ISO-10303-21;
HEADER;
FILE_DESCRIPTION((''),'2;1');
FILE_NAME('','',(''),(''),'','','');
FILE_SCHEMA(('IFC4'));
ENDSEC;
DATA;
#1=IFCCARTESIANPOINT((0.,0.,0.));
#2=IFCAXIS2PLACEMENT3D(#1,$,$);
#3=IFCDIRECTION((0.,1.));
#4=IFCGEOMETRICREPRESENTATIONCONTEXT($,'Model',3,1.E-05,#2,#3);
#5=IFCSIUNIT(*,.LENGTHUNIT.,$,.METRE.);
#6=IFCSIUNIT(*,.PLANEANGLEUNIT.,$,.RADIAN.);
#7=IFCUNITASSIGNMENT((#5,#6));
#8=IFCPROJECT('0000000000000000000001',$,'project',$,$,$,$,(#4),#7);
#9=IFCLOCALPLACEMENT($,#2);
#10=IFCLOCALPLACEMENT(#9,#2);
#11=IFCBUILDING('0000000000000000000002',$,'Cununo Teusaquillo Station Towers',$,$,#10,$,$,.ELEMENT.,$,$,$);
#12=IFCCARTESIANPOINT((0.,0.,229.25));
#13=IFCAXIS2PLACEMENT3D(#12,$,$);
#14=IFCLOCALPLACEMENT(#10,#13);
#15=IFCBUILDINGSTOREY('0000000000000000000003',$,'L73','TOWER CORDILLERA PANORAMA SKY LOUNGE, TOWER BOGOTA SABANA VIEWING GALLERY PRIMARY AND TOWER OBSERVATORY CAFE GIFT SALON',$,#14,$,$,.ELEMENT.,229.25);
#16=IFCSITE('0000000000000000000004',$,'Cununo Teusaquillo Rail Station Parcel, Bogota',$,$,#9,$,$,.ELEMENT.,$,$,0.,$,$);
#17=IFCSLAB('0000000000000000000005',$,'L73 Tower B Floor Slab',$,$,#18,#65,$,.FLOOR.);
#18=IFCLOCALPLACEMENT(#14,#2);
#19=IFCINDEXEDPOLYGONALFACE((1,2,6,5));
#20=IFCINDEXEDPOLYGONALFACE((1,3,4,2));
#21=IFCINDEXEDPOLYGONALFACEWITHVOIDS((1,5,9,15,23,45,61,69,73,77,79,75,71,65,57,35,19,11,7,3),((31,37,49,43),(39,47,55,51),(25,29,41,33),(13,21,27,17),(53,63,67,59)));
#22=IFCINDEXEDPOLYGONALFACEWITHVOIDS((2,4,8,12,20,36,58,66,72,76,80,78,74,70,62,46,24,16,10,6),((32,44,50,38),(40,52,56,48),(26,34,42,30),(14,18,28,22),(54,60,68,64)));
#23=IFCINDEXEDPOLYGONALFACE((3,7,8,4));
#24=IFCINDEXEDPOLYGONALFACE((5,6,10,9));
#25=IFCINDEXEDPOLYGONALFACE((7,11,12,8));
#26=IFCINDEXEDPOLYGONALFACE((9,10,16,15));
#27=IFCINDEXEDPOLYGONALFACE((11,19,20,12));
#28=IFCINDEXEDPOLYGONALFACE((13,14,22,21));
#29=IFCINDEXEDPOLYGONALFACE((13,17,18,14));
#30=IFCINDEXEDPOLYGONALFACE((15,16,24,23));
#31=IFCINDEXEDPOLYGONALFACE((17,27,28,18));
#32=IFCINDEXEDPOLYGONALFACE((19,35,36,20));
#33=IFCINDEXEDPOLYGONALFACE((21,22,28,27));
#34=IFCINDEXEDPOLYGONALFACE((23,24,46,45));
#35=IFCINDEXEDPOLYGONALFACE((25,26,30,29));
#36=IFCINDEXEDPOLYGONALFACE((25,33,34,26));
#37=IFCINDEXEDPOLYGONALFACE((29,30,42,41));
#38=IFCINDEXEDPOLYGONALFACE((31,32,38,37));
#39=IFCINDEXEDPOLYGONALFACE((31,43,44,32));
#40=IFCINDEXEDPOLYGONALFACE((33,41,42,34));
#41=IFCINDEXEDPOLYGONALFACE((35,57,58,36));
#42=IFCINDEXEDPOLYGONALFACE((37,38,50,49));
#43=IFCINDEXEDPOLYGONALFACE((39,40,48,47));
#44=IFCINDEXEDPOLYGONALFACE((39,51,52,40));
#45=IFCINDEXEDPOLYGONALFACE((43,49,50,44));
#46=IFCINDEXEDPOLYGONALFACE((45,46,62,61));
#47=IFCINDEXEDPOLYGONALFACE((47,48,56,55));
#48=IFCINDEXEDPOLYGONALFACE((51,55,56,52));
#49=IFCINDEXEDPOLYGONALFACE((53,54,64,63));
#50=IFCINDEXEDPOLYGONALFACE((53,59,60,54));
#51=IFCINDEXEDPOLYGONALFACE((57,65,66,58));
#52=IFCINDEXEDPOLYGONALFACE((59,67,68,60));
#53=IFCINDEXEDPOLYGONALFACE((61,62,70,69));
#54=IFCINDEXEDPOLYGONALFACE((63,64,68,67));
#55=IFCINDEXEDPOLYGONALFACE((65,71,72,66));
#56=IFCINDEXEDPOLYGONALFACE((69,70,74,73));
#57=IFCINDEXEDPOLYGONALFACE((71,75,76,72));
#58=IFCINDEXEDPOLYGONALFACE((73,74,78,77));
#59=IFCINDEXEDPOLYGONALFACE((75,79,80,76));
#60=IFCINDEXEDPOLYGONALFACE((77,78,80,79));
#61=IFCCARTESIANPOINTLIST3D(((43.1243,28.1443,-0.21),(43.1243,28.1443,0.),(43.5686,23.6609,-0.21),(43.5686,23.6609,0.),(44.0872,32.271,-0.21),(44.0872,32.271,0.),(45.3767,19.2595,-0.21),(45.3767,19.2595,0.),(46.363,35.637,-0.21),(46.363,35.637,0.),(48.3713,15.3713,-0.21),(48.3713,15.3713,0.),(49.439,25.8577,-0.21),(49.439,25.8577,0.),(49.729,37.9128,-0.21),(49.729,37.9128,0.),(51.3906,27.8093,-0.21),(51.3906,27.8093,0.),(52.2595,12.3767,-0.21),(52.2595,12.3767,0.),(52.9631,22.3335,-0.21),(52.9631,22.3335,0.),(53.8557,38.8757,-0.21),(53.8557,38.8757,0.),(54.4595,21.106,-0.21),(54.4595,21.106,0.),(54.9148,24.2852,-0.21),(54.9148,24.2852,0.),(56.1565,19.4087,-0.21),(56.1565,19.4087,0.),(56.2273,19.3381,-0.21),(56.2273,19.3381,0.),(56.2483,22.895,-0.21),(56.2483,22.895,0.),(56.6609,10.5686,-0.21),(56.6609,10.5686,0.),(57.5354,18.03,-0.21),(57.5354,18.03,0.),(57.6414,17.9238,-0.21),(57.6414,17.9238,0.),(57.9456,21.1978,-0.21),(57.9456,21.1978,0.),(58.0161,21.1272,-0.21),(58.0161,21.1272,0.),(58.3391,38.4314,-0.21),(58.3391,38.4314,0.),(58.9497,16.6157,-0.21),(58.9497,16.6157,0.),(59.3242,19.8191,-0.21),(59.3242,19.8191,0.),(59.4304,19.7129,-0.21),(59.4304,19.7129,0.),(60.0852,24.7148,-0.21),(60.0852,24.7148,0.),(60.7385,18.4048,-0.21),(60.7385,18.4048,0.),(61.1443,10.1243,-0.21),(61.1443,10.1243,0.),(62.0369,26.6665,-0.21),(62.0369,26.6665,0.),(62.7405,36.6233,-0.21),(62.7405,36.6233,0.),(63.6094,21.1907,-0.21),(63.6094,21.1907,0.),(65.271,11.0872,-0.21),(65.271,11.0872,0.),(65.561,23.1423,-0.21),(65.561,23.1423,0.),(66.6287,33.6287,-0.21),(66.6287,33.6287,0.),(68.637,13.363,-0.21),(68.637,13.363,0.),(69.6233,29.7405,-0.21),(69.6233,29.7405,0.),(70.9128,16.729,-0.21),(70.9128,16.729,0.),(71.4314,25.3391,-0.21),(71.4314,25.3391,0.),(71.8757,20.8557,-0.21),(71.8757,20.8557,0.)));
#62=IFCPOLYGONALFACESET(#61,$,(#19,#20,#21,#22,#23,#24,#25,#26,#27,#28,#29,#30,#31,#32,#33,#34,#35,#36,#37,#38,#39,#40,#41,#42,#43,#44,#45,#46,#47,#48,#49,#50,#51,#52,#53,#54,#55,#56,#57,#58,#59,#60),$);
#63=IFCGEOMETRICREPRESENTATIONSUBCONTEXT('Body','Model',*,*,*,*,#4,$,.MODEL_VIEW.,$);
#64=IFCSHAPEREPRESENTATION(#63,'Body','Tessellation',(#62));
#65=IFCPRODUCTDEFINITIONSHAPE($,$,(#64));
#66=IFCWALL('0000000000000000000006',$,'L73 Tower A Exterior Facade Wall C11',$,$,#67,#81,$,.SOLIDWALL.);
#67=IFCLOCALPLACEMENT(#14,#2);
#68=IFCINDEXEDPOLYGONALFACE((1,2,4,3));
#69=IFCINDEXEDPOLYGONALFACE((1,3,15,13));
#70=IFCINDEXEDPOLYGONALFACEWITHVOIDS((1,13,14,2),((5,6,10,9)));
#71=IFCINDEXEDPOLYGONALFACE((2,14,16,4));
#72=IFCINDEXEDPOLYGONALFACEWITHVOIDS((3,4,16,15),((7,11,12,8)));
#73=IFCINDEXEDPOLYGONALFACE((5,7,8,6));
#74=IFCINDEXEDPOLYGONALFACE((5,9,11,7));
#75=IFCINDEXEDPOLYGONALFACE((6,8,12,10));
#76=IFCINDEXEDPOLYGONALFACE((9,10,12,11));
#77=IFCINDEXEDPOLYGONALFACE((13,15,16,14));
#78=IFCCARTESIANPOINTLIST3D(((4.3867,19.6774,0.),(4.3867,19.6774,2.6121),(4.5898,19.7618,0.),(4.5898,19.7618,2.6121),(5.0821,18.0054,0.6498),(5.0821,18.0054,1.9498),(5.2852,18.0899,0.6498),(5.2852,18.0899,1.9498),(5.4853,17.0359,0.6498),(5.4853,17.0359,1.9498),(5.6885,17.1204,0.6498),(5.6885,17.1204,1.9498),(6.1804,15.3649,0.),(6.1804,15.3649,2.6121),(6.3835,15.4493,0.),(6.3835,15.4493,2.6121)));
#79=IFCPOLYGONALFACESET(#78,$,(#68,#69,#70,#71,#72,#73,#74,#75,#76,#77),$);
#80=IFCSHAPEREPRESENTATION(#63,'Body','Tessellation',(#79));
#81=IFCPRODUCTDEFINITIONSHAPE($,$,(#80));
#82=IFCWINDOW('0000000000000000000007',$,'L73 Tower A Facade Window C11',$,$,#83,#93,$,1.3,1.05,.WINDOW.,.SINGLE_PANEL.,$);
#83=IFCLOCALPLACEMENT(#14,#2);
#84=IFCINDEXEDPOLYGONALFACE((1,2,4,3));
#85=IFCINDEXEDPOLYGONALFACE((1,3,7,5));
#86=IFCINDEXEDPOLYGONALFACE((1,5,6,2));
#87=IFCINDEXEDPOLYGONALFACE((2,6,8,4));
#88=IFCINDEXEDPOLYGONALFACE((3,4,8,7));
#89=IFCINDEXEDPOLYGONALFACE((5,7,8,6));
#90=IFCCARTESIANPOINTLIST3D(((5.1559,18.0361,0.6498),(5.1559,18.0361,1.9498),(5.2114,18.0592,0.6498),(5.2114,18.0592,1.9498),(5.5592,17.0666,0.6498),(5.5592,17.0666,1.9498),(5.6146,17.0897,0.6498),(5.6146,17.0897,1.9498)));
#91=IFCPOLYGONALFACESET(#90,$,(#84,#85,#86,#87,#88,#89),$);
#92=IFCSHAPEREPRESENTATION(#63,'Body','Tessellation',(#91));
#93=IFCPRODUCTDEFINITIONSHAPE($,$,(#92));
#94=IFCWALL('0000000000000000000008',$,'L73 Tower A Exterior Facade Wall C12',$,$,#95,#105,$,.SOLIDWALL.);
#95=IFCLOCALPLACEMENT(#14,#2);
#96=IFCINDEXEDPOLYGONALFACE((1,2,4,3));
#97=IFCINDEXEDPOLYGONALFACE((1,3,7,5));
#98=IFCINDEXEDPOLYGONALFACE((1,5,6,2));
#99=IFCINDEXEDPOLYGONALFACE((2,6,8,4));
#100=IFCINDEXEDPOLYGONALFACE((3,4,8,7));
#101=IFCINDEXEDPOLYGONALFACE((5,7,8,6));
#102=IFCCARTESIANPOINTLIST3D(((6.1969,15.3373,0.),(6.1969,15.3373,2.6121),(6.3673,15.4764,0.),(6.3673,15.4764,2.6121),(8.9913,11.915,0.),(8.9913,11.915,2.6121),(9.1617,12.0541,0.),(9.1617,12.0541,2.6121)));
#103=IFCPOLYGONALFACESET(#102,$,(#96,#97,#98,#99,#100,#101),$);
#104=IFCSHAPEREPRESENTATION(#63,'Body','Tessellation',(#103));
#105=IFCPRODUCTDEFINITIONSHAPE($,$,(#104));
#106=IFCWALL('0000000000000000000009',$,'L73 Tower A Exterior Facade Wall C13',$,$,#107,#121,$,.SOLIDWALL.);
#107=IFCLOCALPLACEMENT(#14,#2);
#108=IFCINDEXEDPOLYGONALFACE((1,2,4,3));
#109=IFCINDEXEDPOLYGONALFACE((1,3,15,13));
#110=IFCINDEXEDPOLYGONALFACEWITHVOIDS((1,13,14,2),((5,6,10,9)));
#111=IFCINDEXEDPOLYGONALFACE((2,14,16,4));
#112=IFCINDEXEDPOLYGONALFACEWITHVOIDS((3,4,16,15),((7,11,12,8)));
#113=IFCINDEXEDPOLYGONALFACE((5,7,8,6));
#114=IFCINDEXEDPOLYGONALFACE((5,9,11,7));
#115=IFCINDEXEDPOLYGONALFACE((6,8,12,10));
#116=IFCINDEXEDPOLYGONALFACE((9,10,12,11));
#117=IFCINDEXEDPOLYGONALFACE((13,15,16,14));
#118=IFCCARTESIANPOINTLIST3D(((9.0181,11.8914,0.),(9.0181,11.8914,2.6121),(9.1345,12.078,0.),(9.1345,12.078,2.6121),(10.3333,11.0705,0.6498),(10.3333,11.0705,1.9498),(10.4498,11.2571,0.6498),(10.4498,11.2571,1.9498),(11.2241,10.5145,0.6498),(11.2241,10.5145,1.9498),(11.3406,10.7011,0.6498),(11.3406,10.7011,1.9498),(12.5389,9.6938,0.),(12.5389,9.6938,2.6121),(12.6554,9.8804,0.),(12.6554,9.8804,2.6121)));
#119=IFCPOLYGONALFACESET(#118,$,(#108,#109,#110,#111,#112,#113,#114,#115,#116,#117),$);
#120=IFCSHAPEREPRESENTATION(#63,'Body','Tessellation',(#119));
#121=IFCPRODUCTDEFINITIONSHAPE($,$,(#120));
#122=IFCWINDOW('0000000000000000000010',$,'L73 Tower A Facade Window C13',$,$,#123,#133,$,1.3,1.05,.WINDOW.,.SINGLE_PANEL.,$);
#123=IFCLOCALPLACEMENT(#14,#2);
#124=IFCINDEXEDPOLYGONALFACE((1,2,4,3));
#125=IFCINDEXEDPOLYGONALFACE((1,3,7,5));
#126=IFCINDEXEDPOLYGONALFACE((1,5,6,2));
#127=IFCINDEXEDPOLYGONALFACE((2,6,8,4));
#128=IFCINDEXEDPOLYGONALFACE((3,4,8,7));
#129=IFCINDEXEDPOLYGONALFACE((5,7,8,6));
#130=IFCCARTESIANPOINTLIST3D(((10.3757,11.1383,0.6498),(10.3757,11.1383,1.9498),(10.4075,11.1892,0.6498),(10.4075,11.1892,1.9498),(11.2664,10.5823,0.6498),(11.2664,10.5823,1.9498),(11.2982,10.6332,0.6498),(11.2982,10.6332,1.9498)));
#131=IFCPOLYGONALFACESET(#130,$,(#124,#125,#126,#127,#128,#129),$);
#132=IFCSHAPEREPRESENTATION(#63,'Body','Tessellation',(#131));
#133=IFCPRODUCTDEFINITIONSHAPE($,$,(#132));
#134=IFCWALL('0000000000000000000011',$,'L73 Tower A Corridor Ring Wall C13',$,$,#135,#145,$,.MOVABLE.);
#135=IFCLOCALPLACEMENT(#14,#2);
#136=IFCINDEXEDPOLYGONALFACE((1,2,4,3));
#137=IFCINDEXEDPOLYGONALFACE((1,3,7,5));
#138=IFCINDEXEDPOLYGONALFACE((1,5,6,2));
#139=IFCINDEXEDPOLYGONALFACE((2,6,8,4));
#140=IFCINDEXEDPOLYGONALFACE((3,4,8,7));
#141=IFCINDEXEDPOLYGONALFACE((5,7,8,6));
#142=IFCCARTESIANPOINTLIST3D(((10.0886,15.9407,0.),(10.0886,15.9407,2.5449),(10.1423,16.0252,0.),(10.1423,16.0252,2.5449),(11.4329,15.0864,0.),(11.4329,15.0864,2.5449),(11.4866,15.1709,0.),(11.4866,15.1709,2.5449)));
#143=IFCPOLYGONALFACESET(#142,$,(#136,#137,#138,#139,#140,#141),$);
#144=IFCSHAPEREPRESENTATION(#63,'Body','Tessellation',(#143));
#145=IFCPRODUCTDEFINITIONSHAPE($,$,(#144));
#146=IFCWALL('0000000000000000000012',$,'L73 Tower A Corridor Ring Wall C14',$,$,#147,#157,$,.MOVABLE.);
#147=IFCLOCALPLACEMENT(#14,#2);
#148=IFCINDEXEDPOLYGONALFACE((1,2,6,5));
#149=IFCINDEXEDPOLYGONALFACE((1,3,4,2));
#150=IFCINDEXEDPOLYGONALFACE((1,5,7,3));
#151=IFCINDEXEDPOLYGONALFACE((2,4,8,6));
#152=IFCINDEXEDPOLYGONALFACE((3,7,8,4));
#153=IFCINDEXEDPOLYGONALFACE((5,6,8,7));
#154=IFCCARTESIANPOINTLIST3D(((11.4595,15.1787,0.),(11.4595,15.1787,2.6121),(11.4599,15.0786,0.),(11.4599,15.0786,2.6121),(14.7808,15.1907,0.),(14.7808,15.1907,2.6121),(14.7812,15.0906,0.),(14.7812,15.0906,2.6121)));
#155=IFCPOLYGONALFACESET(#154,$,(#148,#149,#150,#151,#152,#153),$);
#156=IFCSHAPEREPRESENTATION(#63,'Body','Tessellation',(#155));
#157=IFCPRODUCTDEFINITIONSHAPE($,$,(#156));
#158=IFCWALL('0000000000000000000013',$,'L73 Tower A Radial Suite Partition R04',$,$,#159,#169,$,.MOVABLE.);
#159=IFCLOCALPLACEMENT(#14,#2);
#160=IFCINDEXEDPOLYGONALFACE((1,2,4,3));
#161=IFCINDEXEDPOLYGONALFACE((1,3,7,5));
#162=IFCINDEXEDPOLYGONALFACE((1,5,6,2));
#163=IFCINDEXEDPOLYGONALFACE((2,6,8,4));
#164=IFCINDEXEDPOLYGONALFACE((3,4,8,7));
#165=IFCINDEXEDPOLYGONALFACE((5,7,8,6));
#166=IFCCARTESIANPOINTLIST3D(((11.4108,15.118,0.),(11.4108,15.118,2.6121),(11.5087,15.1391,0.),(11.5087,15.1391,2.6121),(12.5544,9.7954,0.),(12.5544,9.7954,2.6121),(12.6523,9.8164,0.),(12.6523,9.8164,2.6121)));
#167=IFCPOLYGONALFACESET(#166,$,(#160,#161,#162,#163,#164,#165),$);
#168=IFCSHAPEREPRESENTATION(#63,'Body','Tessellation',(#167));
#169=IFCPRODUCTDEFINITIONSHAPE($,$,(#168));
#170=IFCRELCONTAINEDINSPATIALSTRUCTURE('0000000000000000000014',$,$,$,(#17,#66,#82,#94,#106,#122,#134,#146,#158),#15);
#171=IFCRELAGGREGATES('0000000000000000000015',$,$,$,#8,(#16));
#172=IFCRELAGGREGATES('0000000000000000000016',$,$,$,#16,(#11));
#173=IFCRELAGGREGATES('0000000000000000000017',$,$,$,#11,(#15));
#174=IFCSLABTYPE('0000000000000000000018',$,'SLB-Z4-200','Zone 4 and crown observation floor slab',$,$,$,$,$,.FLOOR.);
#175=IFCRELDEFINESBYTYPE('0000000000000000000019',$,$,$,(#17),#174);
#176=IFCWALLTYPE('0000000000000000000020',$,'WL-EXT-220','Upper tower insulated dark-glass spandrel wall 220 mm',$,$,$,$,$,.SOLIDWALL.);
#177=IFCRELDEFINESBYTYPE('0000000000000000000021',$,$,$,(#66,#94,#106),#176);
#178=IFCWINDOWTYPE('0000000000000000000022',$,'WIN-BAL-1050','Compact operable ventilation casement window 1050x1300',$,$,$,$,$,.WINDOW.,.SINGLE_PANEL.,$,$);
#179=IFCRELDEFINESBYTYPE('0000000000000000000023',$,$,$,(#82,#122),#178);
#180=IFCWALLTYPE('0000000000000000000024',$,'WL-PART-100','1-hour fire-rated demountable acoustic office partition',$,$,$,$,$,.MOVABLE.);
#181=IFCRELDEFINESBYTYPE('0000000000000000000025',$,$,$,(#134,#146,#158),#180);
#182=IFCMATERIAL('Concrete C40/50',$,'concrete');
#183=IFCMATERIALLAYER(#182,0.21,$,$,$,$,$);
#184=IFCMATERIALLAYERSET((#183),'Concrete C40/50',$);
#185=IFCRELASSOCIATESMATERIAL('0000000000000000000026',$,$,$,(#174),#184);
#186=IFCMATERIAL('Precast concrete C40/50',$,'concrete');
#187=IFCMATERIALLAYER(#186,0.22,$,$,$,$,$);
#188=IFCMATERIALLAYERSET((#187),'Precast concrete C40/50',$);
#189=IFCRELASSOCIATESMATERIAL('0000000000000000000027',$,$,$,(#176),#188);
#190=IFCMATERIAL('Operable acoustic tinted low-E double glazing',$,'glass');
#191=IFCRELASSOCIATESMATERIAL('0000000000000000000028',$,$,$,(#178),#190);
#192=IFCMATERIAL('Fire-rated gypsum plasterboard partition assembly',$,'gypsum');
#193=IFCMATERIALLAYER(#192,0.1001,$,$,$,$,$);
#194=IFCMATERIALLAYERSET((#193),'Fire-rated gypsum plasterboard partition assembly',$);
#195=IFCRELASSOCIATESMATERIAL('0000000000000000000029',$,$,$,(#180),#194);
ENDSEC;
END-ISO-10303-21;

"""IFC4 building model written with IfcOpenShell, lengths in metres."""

from ifc_helpers import new_model, si_unit, direction, frame, frame_2d, origin, place, context, subcontext, project, spatial, polyline, rectangle, outline, extrude, source, transform, mapped, material, layer, layer_set, type_object, element, fill, save


model = new_model("IFC4")

# Units and contexts
model_context = context("Model", 3, precision=1e-05, world=origin(), true_north=direction((0.0, 1.0)))
body_context = subcontext(model_context, "Body", "Model", "MODEL_VIEW")
ifc_project = project(units=[si_unit("LENGTHUNIT", "METRE"), si_unit("PLANEANGLEUNIT", "RADIAN")], contexts=[model_context])

# Site, building, storey
site_placement = place(None, origin())
site = spatial("IfcSite", under=ifc_project, at=site_placement, Name="Cununo Teusaquillo Rail Station Parcel, Bogota", CompositionType="ELEMENT", RefElevation=0.0)
building_placement = place(site_placement, origin())
building = spatial("IfcBuilding", under=site, at=building_placement, Name="Cununo Teusaquillo Station Towers", CompositionType="ELEMENT")
storey_placement = place(building_placement, frame((0.0, 0.0, 229.25)))
storey = spatial("IfcBuildingStorey", under=building, at=storey_placement, Name="L73", Description="TOWER CORDILLERA PANORAMA SKY LOUNGE, TOWER BOGOTA SABANA VIEWING GALLERY PRIMARY AND TOWER OBSERVATORY CAFE GIFT SALON", CompositionType="ELEMENT", Elevation=229.25)

# Slab
ifc_material_1 = material(Name="Concrete C40/50", Category="concrete")
ifc_layer_1 = layer(ifc_material_1, 0.21)
ifc_layer_set_1 = layer_set([ifc_layer_1], Name="Concrete C40/50")
slab_type_1 = type_object("IfcSlabType", Name="SLB-Z4-200", Description="Zone 4 and crown observation floor slab", PredefinedType="FLOOR", material=ifc_layer_set_1)
slab_1_placement = place(storey_placement, frame((0.0, 0.0, -0.21)))
element("IfcSlab", 1, at=slab_1_placement, inside=storey, type_object=slab_type_1, Name="L73 Tower B Floor Slab", PredefinedType="FLOOR", context=body_context, shape_type="SweptSolid", body=[
    extrude(outline(polyline([(66.6287, 33.6287), (62.7405, 36.6233), (58.3391, 38.4314), (53.8557, 38.8757), (49.729, 37.9128), (46.363, 35.637), (44.0872, 32.271), (43.1243, 28.1443), (43.5686, 23.6609), (45.3767, 19.2595), (48.3713, 15.3713), (52.2595, 12.3767), (56.6609, 10.5686), (61.1443, 10.1243), (65.271, 11.0872), (68.637, 13.363), (70.9128, 16.729), (71.8757, 20.8557), (71.4314, 25.3391), (69.6233, 29.7405), (66.6287, 33.6287)]), holes=[polyline([(54.9148, 24.2852), (51.3906, 27.8093), (49.439, 25.8577), (52.9631, 22.3335), (54.9148, 24.2852)]), polyline([(60.0852, 24.7148), (63.6094, 21.1907), (65.561, 23.1423), (62.0369, 26.6665), (60.0852, 24.7148)]), polyline([(56.1565, 19.4087), (57.9456, 21.1978), (56.2483, 22.895), (54.4595, 21.106), (56.1565, 19.4087)]), polyline([(58.9497, 16.6157), (60.7385, 18.4048), (59.4304, 19.7129), (57.6414, 17.9238), (58.9497, 16.6157)]), polyline([(57.5354, 18.03), (59.3242, 19.8191), (58.0161, 21.1272), (56.2273, 19.3381), (57.5354, 18.03)])]), origin(), (0.0, 0.0, 1.0), 0.21),
])

# Wall, opening, window
ifc_material_2 = material(Name="Precast concrete C40/50", Category="concrete")
ifc_layer_2 = layer(ifc_material_2, 0.22)
ifc_layer_set_2 = layer_set([ifc_layer_2], Name="Precast concrete C40/50")
wall_type_1 = type_object("IfcWallType", Name="WL-EXT-220", Description="Upper tower insulated dark-glass spandrel wall 220 mm", PredefinedType="SOLIDWALL", material=ifc_layer_set_2)
wall_1_placement = place(storey_placement, frame((6.282, 15.407, 0.0), z_axis=(0.0, 0.0, 1.0), x_axis=(-0.384036, 0.923318, 0.0)))
wall_1 = element("IfcWall", 2, at=wall_1_placement, inside=storey, type_object=wall_type_1, Name="L73 Tower A Exterior Facade Wall C11", PredefinedType="SOLIDWALL", context=body_context, shape_type="SweptSolid", body=[
    extrude(rectangle(XDim=4.6707, YDim=0.22, at=frame_2d((2.3354, 0.0))), origin(), (0.0, 0.0, 1.0), 2.6121),
])
shared_shape_1 = source(origin(), body_context, "Body", "SweptSolid", [
    extrude(rectangle(XDim=1.05, YDim=1.3, at=frame_2d((0.5249, 0.6499))), frame((0.0, 0.1199, 0.0), z_axis=(0.0, -1.0, 0.0), x_axis=(1.0, 0.0, 0.0)), (0.0, 0.0, 1.0), 0.24),
])
opening_1_placement = place(wall_1_placement, frame((1.8101, 0.0, 0.6499)))
opening_1 = element("IfcOpeningElement", 3, at=opening_1_placement, cuts=wall_1, PredefinedType="OPENING", context=body_context, shape_type="MappedRepresentation", body=[
    mapped(shared_shape_1, transform((0.0, 0.0, 0.0), x_axis=(1.0, 0.0, 0.0), y_axis=(0.0, 1.0, 0.0), z_axis=(0.0, 0.0, 1.0), scale=1.0)),
])
ifc_material_3 = material(Name="Operable acoustic tinted low-E double glazing", Category="glass")
window_type = type_object("IfcWindowType", Name="WIN-BAL-1050", Description="Compact operable ventilation casement window 1050x1300", PartitioningType="SINGLE_PANEL", PredefinedType="WINDOW", material=ifc_material_3)
shared_shape_2 = source(origin(), body_context, "Body", "SweptSolid", [
    extrude(rectangle(XDim=1.05, YDim=1.3, at=frame_2d((0.5249, 0.6499))), frame((0.0, 0.03, 0.0), z_axis=(0.0, -1.0, 0.0), x_axis=(1.0, 0.0, 0.0)), (0.0, 0.0, 1.0), 0.0601),
])
window_1_placement = place(opening_1_placement, origin())
window_1 = element("IfcWindow", 4, at=window_1_placement, inside=storey, type_object=window_type, Name="L73 Tower A Facade Window C11", OverallHeight=1.3, OverallWidth=1.05, PartitioningType="SINGLE_PANEL", PredefinedType="WINDOW", context=body_context, shape_type="MappedRepresentation", body=[
    mapped(shared_shape_2, transform((0.0, 0.0, 0.0), x_axis=(1.0, 0.0, 0.0), y_axis=(0.0, 1.0, 0.0), z_axis=(0.0, 0.0, 1.0), scale=1.0)),
])
fill(opening_1, window_1)

# Wall
wall_2_placement = place(storey_placement, frame((9.0764, 11.9846, 0.0), z_axis=(0.0, 0.0, 1.0), x_axis=(-0.632467, 0.774587, 0.0)))
element("IfcWall", 5, at=wall_2_placement, inside=storey, type_object=wall_type_1, Name="L73 Tower A Exterior Facade Wall C12", PredefinedType="SOLIDWALL", context=body_context, shape_type="SweptSolid", body=[
    extrude(rectangle(XDim=4.4182, YDim=0.22, at=frame_2d((2.209, 0.0))), origin(), (0.0, 0.0, 1.0), 2.6121),
])

# Wall, opening, window
wall_3_placement = place(storey_placement, frame((12.5972, 9.7871, 0.0), z_axis=(0.0, 0.0, 1.0), x_axis=(-0.848319, 0.529486, 0.0)))
wall_3 = element("IfcWall", 6, at=wall_3_placement, inside=storey, type_object=wall_type_1, Name="L73 Tower A Exterior Facade Wall C13", PredefinedType="SOLIDWALL", context=body_context, shape_type="SweptSolid", body=[
    extrude(rectangle(XDim=4.1504, YDim=0.22, at=frame_2d((2.0752, 0.0))), origin(), (0.0, 0.0, 1.0), 2.6121),
])
opening_2_placement = place(wall_3_placement, frame((1.55, 0.0, 0.6499)))
opening_2 = element("IfcOpeningElement", 7, at=opening_2_placement, cuts=wall_3, PredefinedType="OPENING", context=body_context, shape_type="MappedRepresentation", body=[
    mapped(shared_shape_1, transform((0.0, 0.0, 0.0), x_axis=(1.0, 0.0, 0.0), y_axis=(0.0, 1.0, 0.0), z_axis=(0.0, 0.0, 1.0), scale=1.0)),
])
window_2_placement = place(opening_2_placement, origin())
window_2 = element("IfcWindow", 8, at=window_2_placement, inside=storey, type_object=window_type, Name="L73 Tower A Facade Window C13", OverallHeight=1.3, OverallWidth=1.05, PartitioningType="SINGLE_PANEL", PredefinedType="WINDOW", context=body_context, shape_type="MappedRepresentation", body=[
    mapped(shared_shape_2, transform((0.0, 0.0, 0.0), x_axis=(1.0, 0.0, 0.0), y_axis=(0.0, 1.0, 0.0), z_axis=(0.0, 0.0, 1.0), scale=1.0)),
])
fill(opening_2, window_2)

# Walls
ifc_material_4 = material(Name="Fire-rated gypsum plasterboard partition assembly", Category="gypsum")
ifc_layer_3 = layer(ifc_material_4, 0.1001)
ifc_layer_set_3 = layer_set([ifc_layer_3], Name="Fire-rated gypsum plasterboard partition assembly")
wall_type_2 = type_object("IfcWallType", Name="WL-PART-100", Description="1-hour fire-rated demountable acoustic office partition", PredefinedType="MOVABLE", material=ifc_layer_set_3)
wall_4_placement = place(storey_placement, frame((10.1155, 15.9829, 0.0), z_axis=(0.0, 0.0, 1.0), x_axis=(0.843996, -0.53635, 0.0)))
element("IfcWall", 9, at=wall_4_placement, inside=storey, type_object=wall_type_2, Name="L73 Tower A Corridor Ring Wall C13", PredefinedType="MOVABLE", context=body_context, shape_type="SweptSolid", body=[
    extrude(rectangle(XDim=1.5928, YDim=0.1001, at=frame_2d((0.7964, 0.0))), origin(), (0.0, 0.0, 1.0), 2.5449),
])
wall_5_placement = place(storey_placement, frame((11.4597, 15.1287, 0.0), z_axis=(0.0, 0.0, 1.0), x_axis=(0.999994, 0.003602, 0.0)))
element("IfcWall", 10, at=wall_5_placement, inside=storey, type_object=wall_type_2, Name="L73 Tower A Corridor Ring Wall C14", PredefinedType="MOVABLE", context=body_context, shape_type="SweptSolid", body=[
    extrude(rectangle(XDim=3.3213, YDim=0.1001, at=frame_2d((1.6606, 0.0))), origin(), (0.0, 0.0, 1.0), 2.6121),
])
wall_6_placement = place(storey_placement, frame((11.4597, 15.1287, 0.0), z_axis=(0.0, 0.0, 1.0), x_axis=(0.210059, -0.977689, 0.0)))
element("IfcWall", 11, at=wall_6_placement, inside=storey, type_object=wall_type_2, Name="L73 Tower A Radial Suite Partition R04", PredefinedType="MOVABLE", context=body_context, shape_type="SweptSolid", body=[
    extrude(rectangle(XDim=5.4441, YDim=0.1001, at=frame_2d((2.7222, 0.0))), origin(), (0.0, 0.0, 1.0), 2.6121),
])

save(model, "model.ifc")
